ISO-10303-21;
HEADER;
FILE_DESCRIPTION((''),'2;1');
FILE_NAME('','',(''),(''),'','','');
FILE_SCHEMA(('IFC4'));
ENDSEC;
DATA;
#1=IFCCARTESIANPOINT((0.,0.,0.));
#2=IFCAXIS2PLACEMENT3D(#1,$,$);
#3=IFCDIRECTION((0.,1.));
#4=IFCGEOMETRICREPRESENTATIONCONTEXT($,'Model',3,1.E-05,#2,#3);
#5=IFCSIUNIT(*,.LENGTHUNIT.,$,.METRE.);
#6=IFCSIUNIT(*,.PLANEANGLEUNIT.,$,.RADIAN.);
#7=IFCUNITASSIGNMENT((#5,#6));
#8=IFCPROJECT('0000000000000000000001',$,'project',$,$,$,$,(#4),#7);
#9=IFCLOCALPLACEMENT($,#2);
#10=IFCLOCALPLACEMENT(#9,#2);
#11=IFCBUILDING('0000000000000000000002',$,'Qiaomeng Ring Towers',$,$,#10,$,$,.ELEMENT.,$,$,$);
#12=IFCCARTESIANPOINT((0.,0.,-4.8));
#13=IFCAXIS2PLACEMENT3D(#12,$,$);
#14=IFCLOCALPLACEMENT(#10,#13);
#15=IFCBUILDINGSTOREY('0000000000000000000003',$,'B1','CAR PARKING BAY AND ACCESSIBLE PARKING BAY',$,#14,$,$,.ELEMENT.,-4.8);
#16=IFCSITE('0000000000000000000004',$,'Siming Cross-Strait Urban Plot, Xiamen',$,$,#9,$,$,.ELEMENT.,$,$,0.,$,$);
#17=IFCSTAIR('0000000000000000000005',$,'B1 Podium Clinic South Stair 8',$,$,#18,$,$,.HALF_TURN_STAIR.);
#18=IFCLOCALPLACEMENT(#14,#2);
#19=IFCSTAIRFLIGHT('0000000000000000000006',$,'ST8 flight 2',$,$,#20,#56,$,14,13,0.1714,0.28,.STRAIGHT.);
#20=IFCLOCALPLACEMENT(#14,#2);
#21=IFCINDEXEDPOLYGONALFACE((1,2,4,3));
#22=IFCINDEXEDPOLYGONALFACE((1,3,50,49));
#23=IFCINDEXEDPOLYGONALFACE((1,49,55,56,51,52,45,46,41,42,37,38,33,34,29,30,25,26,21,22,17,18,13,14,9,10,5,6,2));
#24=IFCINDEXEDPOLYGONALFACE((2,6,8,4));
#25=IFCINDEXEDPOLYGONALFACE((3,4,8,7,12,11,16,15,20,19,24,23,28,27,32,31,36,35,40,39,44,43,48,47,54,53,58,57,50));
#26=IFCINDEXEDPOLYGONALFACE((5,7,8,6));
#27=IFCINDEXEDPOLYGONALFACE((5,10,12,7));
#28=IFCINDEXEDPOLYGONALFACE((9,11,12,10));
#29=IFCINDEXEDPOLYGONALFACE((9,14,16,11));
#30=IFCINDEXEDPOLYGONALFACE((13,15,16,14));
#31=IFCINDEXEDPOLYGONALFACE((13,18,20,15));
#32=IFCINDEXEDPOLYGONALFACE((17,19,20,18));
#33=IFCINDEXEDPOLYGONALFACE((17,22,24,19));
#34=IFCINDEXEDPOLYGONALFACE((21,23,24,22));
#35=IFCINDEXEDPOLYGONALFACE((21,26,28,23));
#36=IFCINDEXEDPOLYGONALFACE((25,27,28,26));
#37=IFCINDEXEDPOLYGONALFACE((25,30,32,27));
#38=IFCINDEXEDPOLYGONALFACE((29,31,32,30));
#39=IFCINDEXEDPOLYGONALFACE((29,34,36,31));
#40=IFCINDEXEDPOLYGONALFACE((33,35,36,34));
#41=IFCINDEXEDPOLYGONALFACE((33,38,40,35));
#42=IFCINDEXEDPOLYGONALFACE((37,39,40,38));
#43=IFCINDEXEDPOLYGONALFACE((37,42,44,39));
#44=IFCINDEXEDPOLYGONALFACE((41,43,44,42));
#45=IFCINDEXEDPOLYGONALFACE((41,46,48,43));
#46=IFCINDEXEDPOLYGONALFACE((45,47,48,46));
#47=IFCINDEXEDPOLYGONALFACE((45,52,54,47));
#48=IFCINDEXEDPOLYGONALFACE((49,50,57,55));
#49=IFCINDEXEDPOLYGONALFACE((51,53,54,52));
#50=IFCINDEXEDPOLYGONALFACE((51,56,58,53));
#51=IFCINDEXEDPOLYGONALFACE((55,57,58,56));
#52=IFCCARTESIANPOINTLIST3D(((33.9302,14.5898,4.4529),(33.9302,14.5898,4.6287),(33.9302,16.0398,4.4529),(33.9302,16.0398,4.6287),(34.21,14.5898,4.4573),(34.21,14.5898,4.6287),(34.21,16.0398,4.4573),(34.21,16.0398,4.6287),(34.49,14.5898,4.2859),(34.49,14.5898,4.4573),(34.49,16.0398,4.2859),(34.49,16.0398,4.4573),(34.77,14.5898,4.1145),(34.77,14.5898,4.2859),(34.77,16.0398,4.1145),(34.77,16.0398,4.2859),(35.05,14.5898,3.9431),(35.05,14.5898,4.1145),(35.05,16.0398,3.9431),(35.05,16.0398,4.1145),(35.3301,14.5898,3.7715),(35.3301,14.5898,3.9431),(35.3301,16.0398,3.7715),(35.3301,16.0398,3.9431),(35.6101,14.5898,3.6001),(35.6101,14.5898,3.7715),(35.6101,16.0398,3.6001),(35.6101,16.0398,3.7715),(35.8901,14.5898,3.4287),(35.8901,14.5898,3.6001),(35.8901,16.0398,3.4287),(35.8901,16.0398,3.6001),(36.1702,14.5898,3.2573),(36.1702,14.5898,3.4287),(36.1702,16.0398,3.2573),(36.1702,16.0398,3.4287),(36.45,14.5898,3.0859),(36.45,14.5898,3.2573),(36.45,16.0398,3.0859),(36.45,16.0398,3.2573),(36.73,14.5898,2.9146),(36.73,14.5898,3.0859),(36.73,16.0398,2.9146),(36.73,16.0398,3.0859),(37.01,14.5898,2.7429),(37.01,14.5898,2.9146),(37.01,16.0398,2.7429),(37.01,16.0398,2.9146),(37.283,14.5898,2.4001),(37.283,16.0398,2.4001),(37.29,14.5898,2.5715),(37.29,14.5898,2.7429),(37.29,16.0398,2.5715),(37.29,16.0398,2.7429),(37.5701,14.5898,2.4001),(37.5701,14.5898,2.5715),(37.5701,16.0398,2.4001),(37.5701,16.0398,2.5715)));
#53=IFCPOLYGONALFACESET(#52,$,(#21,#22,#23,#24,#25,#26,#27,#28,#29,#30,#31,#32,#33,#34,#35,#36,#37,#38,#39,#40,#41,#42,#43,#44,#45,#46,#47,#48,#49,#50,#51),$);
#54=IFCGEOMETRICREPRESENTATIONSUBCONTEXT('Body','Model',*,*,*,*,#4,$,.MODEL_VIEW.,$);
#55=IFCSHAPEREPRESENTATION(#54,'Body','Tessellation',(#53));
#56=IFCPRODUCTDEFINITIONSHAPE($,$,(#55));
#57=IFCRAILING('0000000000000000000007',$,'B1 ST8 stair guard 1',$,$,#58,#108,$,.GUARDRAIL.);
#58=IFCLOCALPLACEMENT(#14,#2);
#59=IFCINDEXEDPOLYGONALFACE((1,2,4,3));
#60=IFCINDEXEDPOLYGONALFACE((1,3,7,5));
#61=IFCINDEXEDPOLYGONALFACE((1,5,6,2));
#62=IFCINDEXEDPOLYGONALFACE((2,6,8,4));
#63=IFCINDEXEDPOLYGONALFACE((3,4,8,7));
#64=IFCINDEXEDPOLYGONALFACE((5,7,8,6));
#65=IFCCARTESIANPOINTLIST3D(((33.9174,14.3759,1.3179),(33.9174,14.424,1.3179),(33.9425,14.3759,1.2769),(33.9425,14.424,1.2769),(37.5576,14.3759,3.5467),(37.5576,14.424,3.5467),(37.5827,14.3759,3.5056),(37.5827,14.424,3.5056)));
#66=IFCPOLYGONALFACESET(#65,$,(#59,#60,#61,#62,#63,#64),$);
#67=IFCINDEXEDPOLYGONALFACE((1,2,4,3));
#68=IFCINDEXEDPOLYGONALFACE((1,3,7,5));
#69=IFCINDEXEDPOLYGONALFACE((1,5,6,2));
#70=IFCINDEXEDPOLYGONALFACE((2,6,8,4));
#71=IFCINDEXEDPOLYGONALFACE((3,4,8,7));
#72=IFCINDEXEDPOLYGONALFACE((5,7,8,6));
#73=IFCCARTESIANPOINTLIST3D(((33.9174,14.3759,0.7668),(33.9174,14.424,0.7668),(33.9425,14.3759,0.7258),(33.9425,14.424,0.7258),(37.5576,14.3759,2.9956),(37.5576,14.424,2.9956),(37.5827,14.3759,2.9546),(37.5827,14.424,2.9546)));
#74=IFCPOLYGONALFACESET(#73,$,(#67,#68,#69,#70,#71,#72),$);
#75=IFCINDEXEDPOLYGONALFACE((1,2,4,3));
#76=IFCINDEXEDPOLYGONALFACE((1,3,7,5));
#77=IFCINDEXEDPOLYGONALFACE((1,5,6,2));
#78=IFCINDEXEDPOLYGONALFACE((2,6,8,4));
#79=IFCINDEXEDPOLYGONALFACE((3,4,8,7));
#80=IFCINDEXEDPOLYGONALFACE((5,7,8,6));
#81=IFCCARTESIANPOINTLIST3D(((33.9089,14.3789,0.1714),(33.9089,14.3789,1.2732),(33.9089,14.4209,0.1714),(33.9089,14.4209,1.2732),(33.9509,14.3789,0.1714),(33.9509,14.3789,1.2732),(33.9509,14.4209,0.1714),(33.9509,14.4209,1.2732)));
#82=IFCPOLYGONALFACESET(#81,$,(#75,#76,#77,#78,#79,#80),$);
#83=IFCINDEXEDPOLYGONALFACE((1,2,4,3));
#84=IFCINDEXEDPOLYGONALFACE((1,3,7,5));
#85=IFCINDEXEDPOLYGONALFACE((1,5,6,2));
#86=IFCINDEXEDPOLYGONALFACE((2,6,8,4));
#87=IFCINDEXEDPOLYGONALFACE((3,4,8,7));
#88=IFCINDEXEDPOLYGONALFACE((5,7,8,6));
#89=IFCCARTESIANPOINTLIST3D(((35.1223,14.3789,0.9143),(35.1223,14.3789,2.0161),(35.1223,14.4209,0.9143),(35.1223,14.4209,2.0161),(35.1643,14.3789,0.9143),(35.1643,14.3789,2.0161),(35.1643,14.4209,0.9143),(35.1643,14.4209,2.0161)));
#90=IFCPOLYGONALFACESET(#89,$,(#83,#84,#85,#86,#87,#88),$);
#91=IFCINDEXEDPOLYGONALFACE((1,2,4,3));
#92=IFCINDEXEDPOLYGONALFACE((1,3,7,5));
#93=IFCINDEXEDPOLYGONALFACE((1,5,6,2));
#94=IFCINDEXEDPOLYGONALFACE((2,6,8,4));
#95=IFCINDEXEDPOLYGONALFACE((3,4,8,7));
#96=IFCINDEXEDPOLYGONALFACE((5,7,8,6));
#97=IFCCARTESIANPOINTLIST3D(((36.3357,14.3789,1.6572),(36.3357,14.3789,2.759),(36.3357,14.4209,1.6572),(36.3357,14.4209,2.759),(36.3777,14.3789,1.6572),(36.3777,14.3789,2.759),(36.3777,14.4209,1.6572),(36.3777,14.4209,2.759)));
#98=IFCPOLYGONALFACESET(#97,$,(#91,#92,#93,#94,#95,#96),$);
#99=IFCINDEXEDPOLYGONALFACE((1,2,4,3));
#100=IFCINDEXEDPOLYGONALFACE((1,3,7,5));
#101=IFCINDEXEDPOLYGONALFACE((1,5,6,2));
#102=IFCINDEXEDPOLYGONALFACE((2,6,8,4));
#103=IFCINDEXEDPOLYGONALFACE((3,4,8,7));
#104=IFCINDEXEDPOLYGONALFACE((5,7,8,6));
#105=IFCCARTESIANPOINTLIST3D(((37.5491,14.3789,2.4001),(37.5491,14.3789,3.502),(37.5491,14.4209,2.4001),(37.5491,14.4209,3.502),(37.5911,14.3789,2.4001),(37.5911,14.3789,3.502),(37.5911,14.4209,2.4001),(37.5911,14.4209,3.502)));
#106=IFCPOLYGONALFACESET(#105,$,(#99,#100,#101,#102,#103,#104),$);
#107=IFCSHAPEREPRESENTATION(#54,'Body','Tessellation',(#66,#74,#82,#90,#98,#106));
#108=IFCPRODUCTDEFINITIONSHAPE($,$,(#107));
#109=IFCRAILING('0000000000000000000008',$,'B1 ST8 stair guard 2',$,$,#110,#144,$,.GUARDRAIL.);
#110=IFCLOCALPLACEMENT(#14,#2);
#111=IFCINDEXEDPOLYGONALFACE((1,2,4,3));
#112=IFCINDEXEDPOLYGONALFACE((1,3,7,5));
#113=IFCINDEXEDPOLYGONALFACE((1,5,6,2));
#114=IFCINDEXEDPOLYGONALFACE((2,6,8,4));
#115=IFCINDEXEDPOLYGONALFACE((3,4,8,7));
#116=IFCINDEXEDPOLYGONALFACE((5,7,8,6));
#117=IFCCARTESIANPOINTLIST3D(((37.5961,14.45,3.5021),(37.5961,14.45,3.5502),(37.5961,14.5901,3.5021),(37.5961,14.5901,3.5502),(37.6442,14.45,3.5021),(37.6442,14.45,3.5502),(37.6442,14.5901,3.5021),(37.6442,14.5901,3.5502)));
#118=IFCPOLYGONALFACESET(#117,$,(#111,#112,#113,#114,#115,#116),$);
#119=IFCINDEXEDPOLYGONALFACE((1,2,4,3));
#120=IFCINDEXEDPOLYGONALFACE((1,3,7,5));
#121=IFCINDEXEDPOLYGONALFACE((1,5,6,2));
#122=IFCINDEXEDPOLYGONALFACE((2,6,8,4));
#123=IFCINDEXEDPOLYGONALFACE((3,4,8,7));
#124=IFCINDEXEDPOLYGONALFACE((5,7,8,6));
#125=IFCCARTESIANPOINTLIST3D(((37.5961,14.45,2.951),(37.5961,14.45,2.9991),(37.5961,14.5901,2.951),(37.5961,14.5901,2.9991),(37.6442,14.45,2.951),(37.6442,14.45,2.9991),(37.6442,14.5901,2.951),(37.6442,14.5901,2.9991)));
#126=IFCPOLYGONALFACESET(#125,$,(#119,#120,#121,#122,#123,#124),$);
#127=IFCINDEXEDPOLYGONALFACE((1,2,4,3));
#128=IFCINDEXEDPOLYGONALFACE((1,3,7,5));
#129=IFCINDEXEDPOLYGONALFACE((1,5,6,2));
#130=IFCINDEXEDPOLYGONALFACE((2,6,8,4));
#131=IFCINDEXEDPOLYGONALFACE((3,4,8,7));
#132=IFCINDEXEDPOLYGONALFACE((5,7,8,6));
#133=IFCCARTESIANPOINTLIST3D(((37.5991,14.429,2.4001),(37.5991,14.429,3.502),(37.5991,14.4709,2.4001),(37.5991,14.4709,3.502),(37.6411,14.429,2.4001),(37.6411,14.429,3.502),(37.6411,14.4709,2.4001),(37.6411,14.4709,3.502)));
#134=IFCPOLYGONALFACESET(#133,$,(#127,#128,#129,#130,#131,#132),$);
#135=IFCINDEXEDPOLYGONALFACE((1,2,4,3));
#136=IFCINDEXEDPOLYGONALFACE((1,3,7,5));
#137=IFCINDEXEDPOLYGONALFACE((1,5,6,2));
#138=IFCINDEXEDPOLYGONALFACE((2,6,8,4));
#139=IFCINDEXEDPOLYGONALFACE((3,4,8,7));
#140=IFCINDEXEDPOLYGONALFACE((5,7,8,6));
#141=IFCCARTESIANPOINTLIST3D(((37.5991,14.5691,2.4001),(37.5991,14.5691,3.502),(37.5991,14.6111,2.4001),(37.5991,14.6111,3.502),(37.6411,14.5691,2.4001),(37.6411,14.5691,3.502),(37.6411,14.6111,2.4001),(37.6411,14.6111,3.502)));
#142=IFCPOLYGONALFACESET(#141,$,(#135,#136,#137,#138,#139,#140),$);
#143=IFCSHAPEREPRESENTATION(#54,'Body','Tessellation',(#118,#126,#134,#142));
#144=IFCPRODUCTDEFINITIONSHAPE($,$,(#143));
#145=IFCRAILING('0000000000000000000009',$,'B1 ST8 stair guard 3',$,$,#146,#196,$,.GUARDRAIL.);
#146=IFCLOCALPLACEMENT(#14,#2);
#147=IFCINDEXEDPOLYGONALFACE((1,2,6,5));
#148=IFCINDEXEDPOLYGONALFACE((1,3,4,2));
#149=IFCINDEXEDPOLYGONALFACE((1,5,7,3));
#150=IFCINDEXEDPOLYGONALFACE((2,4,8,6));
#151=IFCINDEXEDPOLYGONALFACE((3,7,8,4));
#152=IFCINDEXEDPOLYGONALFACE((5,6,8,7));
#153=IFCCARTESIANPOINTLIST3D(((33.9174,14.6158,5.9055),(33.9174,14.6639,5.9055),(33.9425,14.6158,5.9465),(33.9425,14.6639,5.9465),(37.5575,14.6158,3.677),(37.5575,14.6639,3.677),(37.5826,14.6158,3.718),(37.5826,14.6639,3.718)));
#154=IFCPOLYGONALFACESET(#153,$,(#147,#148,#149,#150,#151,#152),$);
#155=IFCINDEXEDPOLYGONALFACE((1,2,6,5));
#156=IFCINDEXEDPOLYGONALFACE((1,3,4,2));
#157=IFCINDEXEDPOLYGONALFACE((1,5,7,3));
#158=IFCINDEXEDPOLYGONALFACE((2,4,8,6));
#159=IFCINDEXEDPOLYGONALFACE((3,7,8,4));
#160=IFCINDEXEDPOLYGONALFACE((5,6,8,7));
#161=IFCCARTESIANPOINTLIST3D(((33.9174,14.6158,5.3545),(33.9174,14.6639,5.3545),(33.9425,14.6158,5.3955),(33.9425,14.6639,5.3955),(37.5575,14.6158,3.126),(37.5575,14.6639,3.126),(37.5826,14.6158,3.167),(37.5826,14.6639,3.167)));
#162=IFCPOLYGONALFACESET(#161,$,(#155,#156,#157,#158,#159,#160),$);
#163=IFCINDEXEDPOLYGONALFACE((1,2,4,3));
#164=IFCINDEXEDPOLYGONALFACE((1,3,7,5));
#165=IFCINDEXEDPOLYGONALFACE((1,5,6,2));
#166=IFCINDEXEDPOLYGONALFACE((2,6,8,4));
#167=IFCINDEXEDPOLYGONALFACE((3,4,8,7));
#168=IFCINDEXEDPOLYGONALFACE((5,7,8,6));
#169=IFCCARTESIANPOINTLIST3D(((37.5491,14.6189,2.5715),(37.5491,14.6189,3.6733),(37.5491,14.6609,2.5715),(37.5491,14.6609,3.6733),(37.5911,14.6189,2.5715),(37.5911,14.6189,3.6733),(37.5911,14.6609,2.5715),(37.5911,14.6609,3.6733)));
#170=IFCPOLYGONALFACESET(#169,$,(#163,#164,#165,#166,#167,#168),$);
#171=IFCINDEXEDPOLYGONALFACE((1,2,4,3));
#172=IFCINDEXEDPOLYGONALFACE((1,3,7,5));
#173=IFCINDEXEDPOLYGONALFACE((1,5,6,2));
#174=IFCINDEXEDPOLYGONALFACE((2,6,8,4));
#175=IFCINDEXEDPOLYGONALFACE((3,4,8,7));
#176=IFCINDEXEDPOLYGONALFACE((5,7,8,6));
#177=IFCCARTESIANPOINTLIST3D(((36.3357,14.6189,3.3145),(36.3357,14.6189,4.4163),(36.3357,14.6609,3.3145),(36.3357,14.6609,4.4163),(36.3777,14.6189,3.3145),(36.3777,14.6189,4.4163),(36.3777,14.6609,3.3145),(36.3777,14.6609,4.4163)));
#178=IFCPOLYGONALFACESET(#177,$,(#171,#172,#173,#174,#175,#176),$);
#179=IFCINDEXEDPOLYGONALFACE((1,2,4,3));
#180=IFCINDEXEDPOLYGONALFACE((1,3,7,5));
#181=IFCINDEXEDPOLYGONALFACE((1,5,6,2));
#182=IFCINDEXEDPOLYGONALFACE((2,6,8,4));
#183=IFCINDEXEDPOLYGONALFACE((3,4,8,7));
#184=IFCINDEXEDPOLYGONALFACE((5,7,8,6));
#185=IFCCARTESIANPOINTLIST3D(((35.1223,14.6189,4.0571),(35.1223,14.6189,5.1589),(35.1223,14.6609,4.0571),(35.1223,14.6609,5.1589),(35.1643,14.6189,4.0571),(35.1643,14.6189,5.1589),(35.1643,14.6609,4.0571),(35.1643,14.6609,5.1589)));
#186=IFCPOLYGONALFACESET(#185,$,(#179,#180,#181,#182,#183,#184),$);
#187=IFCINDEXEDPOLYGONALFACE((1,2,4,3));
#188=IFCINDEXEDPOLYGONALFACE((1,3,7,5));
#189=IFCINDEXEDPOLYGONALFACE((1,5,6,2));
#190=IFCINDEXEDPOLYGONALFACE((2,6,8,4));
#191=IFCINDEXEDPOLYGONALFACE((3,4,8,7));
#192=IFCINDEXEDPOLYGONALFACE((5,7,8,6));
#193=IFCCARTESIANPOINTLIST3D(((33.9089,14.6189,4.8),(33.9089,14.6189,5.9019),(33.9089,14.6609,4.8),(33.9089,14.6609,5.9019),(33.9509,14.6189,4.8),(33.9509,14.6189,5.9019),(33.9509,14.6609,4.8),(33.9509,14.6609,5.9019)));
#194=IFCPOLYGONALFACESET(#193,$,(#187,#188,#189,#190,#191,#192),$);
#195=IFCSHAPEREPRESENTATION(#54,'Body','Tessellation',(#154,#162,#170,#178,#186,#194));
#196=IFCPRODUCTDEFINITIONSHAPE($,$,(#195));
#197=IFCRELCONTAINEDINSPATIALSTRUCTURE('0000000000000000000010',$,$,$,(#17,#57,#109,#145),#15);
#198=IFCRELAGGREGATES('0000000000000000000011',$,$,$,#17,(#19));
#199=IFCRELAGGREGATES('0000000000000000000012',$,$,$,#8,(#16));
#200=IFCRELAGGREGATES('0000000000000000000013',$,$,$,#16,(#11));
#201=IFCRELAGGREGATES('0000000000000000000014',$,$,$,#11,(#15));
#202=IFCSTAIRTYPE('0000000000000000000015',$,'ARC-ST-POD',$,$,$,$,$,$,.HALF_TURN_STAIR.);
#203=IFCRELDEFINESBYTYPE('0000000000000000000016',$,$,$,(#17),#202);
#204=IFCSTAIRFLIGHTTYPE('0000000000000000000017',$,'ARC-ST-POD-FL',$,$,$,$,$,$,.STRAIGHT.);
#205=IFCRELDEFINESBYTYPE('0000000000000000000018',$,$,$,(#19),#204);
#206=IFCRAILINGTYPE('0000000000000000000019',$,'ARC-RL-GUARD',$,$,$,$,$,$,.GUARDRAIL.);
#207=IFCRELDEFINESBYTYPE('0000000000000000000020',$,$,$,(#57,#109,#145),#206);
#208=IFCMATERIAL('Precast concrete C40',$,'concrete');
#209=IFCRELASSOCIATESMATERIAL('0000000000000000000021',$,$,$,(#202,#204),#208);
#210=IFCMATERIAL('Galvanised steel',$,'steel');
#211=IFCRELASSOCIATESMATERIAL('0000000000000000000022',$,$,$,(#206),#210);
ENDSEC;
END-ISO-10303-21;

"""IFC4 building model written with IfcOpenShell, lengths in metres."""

from ifc_helpers import new_model, si_unit, direction, frame, origin, origin_2d, place, context, subcontext, project, spatial, polyline, rectangle, outline, extrude, source, transform, mapped, material, type_object, element, aggregate, save


model = new_model("IFC4")

# Units and contexts
model_context = context("Model", 3, precision=1e-05, world=origin(), true_north=direction((0.0, 1.0)))
body_context = subcontext(model_context, "Body", "Model", "MODEL_VIEW")
ifc_project = project(units=[si_unit("LENGTHUNIT", "METRE"), si_unit("PLANEANGLEUNIT", "RADIAN")], contexts=[model_context])

# Site, building, storey
site_placement = place(None, origin())
site = spatial("IfcSite", under=ifc_project, at=site_placement, Name="Siming Cross-Strait Urban Plot, Xiamen", CompositionType="ELEMENT", RefElevation=0.0)
building_placement = place(site_placement, origin())
building = spatial("IfcBuilding", under=site, at=building_placement, Name="Qiaomeng Ring Towers", CompositionType="ELEMENT")
storey_placement = place(building_placement, frame((0.0, 0.0, -4.8)))
storey = spatial("IfcBuildingStorey", under=building, at=storey_placement, Name="B1", Description="CAR PARKING BAY AND ACCESSIBLE PARKING BAY", CompositionType="ELEMENT", Elevation=-4.8)

# Shared definitions
ifc_material_1 = material(Name="Galvanised steel", Category="steel")

# Stair, stair flight
ifc_material_2 = material(Name="Precast concrete C40", Category="concrete")
stair_type = type_object("IfcStairType", Name="ARC-ST-POD", PredefinedType="HALF_TURN_STAIR", material=ifc_material_2)
stair_placement = place(storey_placement, origin())
stair = element("IfcStair", 1, at=stair_placement, inside=storey, type_object=stair_type, Name="B1 Podium Clinic South Stair 8", PredefinedType="HALF_TURN_STAIR")
stair_flight_type = type_object("IfcStairFlightType", Name="ARC-ST-POD-FL", PredefinedType="STRAIGHT", material=ifc_material_2)
shared_shape_1 = source(origin(), body_context, "Body", "SweptSolid", [
    extrude(outline(polyline([(0.0, 0.0), (0.0, 0.1714), (0.28, 0.1714), (0.28, 0.3428), (0.5601, 0.3428), (0.5601, 0.5144), (0.8401, 0.5144), (0.8401, 0.6858), (1.1201, 0.6858), (1.1201, 0.8572), (1.3999, 0.8572), (1.3999, 1.0286), (1.6799, 1.0286), (1.6799, 1.2), (1.96, 1.2), (1.96, 1.3713), (2.24, 1.3713), (2.24, 1.543), (2.52, 1.543), (2.52, 1.7144), (2.8, 1.7144), (2.8, 1.8857), (3.0801, 1.8857), (3.0801, 2.0571), (3.3601, 2.0571), (3.3601, 2.2285), (3.6399, 2.2285), (3.6399, 2.3999), (3.6399, 2.0527), (0.2871, 0.0), (0.0, 0.0)])), frame((0.0, 0.7251, 0.0), z_axis=(0.0, -1.0, 0.0), x_axis=(1.0, 0.0, 0.0)), (0.0, 0.0, 1.0), 1.45),
])
stair_flight_1_placement = place(storey_placement, frame((37.5701, 15.3149, 2.4001), z_axis=(0.0, 0.0, 1.0), x_axis=(-1.0, 0.0, 0.0)))
stair_flight_1 = element("IfcStairFlight", 2, at=stair_flight_1_placement, type_object=stair_flight_type, Name="ST8 flight 2", NumberOfRisers=14, NumberOfTreads=13, PredefinedType="STRAIGHT", RiserHeight=0.1714, TreadLength=0.28, context=body_context, shape_type="MappedRepresentation", body=[
    mapped(shared_shape_1, transform((0.0, 0.0, 0.0), x_axis=(1.0, 0.0, 0.0), y_axis=(0.0, 1.0, 0.0), z_axis=(0.0, 0.0, 1.0), scale=1.0)),
])
aggregate(stair, [stair_flight_1])

# Railings
railing_type_1 = type_object("IfcRailingType", Name="ARC-RL-GUARD", PredefinedType="GUARDRAIL", material=ifc_material_1)
railing_1_placement = place(storey_placement, frame((33.9299, 14.3999, 0.1714)))
element("IfcRailing", 3, at=railing_1_placement, inside=storey, type_object=railing_type_1, Name="B1 ST8 stair guard 1", PredefinedType="GUARDRAIL", context=body_context, shape_type="SweptSolid", body=[
    extrude(rectangle(XDim=0.0481, YDim=0.0481, at=origin_2d()), frame((0.0, 0.0, 1.126), z_axis=(0.85284, 0.0, 0.522172), x_axis=(0.0, 1.0, 0.0)), (0.0, 0.0, 1.0), 4.2683),
    extrude(rectangle(XDim=0.0481, YDim=0.0481, at=origin_2d()), frame((0.0, 0.0, 0.575), z_axis=(0.85284, 0.0, 0.522172), x_axis=(0.0, 1.0, 0.0)), (0.0, 0.0, 1.0), 4.2683),
    extrude(rectangle(XDim=0.042, YDim=0.042, at=origin_2d()), origin(), (0.0, 0.0, 1.0), 1.1018),
    extrude(rectangle(XDim=0.042, YDim=0.042, at=origin_2d()), frame((1.2134, 0.0, 0.7429)), (0.0, 0.0, 1.0), 1.1018),
    extrude(rectangle(XDim=0.042, YDim=0.042, at=origin_2d()), frame((2.4268, 0.0, 1.4858)), (0.0, 0.0, 1.0), 1.1018),
    extrude(rectangle(XDim=0.042, YDim=0.042, at=origin_2d()), frame((3.6401, 0.0, 2.2288)), (0.0, 0.0, 1.0), 1.1018),
])
railing_2_placement = place(storey_placement, frame((37.6201, 14.45, 2.4001)))
element("IfcRailing", 4, at=railing_2_placement, inside=storey, type_object=railing_type_1, Name="B1 ST8 stair guard 2", PredefinedType="GUARDRAIL", context=body_context, shape_type="SweptSolid", body=[
    extrude(rectangle(XDim=0.0481, YDim=0.0481, at=origin_2d()), frame((0.0, 0.0, 1.126), z_axis=(0.0, 1.0, 0.0), x_axis=(-1.0, 0.0, 0.0)), (0.0, 0.0, 1.0), 0.1401),
    extrude(rectangle(XDim=0.0481, YDim=0.0481, at=origin_2d()), frame((0.0, 0.0, 0.575), z_axis=(0.0, 1.0, 0.0), x_axis=(-1.0, 0.0, 0.0)), (0.0, 0.0, 1.0), 0.1401),
    extrude(rectangle(XDim=0.042, YDim=0.042, at=origin_2d()), origin(), (0.0, 0.0, 1.0), 1.1018),
    extrude(rectangle(XDim=0.042, YDim=0.042, at=origin_2d()), frame((0.0, 0.1401, 0.0)), (0.0, 0.0, 1.0), 1.1018),
])
railing_3_placement = place(storey_placement, frame((37.5701, 14.6399, 2.5715)))
element("IfcRailing", 5, at=railing_3_placement, inside=storey, type_object=railing_type_1, Name="B1 ST8 stair guard 3", PredefinedType="GUARDRAIL", context=body_context, shape_type="SweptSolid", body=[
    extrude(rectangle(XDim=0.0481, YDim=0.0481, at=origin_2d()), frame((0.0, 0.0, 1.126), z_axis=(-0.852866, 0.0, 0.52213), x_axis=(0.0, -1.0, 0.0)), (0.0, 0.0, 1.0), 4.2681),
    extrude(rectangle(XDim=0.0481, YDim=0.0481, at=origin_2d()), frame((0.0, 0.0, 0.575), z_axis=(-0.852866, 0.0, 0.52213), x_axis=(0.0, -1.0, 0.0)), (0.0, 0.0, 1.0), 4.2681),
    extrude(rectangle(XDim=0.042, YDim=0.042, at=origin_2d()), origin(), (0.0, 0.0, 1.0), 1.1018),
    extrude(rectangle(XDim=0.042, YDim=0.042, at=origin_2d()), frame((-1.2134, 0.0, 0.7429)), (0.0, 0.0, 1.0), 1.1018),
    extrude(rectangle(XDim=0.042, YDim=0.042, at=origin_2d()), frame((-2.4268, 0.0, 1.4856)), (0.0, 0.0, 1.0), 1.1018),
    extrude(rectangle(XDim=0.042, YDim=0.042, at=origin_2d()), frame((-3.6401, 0.0, 2.2285)), (0.0, 0.0, 1.0), 1.1018),
])

save(model, "model.ifc")
